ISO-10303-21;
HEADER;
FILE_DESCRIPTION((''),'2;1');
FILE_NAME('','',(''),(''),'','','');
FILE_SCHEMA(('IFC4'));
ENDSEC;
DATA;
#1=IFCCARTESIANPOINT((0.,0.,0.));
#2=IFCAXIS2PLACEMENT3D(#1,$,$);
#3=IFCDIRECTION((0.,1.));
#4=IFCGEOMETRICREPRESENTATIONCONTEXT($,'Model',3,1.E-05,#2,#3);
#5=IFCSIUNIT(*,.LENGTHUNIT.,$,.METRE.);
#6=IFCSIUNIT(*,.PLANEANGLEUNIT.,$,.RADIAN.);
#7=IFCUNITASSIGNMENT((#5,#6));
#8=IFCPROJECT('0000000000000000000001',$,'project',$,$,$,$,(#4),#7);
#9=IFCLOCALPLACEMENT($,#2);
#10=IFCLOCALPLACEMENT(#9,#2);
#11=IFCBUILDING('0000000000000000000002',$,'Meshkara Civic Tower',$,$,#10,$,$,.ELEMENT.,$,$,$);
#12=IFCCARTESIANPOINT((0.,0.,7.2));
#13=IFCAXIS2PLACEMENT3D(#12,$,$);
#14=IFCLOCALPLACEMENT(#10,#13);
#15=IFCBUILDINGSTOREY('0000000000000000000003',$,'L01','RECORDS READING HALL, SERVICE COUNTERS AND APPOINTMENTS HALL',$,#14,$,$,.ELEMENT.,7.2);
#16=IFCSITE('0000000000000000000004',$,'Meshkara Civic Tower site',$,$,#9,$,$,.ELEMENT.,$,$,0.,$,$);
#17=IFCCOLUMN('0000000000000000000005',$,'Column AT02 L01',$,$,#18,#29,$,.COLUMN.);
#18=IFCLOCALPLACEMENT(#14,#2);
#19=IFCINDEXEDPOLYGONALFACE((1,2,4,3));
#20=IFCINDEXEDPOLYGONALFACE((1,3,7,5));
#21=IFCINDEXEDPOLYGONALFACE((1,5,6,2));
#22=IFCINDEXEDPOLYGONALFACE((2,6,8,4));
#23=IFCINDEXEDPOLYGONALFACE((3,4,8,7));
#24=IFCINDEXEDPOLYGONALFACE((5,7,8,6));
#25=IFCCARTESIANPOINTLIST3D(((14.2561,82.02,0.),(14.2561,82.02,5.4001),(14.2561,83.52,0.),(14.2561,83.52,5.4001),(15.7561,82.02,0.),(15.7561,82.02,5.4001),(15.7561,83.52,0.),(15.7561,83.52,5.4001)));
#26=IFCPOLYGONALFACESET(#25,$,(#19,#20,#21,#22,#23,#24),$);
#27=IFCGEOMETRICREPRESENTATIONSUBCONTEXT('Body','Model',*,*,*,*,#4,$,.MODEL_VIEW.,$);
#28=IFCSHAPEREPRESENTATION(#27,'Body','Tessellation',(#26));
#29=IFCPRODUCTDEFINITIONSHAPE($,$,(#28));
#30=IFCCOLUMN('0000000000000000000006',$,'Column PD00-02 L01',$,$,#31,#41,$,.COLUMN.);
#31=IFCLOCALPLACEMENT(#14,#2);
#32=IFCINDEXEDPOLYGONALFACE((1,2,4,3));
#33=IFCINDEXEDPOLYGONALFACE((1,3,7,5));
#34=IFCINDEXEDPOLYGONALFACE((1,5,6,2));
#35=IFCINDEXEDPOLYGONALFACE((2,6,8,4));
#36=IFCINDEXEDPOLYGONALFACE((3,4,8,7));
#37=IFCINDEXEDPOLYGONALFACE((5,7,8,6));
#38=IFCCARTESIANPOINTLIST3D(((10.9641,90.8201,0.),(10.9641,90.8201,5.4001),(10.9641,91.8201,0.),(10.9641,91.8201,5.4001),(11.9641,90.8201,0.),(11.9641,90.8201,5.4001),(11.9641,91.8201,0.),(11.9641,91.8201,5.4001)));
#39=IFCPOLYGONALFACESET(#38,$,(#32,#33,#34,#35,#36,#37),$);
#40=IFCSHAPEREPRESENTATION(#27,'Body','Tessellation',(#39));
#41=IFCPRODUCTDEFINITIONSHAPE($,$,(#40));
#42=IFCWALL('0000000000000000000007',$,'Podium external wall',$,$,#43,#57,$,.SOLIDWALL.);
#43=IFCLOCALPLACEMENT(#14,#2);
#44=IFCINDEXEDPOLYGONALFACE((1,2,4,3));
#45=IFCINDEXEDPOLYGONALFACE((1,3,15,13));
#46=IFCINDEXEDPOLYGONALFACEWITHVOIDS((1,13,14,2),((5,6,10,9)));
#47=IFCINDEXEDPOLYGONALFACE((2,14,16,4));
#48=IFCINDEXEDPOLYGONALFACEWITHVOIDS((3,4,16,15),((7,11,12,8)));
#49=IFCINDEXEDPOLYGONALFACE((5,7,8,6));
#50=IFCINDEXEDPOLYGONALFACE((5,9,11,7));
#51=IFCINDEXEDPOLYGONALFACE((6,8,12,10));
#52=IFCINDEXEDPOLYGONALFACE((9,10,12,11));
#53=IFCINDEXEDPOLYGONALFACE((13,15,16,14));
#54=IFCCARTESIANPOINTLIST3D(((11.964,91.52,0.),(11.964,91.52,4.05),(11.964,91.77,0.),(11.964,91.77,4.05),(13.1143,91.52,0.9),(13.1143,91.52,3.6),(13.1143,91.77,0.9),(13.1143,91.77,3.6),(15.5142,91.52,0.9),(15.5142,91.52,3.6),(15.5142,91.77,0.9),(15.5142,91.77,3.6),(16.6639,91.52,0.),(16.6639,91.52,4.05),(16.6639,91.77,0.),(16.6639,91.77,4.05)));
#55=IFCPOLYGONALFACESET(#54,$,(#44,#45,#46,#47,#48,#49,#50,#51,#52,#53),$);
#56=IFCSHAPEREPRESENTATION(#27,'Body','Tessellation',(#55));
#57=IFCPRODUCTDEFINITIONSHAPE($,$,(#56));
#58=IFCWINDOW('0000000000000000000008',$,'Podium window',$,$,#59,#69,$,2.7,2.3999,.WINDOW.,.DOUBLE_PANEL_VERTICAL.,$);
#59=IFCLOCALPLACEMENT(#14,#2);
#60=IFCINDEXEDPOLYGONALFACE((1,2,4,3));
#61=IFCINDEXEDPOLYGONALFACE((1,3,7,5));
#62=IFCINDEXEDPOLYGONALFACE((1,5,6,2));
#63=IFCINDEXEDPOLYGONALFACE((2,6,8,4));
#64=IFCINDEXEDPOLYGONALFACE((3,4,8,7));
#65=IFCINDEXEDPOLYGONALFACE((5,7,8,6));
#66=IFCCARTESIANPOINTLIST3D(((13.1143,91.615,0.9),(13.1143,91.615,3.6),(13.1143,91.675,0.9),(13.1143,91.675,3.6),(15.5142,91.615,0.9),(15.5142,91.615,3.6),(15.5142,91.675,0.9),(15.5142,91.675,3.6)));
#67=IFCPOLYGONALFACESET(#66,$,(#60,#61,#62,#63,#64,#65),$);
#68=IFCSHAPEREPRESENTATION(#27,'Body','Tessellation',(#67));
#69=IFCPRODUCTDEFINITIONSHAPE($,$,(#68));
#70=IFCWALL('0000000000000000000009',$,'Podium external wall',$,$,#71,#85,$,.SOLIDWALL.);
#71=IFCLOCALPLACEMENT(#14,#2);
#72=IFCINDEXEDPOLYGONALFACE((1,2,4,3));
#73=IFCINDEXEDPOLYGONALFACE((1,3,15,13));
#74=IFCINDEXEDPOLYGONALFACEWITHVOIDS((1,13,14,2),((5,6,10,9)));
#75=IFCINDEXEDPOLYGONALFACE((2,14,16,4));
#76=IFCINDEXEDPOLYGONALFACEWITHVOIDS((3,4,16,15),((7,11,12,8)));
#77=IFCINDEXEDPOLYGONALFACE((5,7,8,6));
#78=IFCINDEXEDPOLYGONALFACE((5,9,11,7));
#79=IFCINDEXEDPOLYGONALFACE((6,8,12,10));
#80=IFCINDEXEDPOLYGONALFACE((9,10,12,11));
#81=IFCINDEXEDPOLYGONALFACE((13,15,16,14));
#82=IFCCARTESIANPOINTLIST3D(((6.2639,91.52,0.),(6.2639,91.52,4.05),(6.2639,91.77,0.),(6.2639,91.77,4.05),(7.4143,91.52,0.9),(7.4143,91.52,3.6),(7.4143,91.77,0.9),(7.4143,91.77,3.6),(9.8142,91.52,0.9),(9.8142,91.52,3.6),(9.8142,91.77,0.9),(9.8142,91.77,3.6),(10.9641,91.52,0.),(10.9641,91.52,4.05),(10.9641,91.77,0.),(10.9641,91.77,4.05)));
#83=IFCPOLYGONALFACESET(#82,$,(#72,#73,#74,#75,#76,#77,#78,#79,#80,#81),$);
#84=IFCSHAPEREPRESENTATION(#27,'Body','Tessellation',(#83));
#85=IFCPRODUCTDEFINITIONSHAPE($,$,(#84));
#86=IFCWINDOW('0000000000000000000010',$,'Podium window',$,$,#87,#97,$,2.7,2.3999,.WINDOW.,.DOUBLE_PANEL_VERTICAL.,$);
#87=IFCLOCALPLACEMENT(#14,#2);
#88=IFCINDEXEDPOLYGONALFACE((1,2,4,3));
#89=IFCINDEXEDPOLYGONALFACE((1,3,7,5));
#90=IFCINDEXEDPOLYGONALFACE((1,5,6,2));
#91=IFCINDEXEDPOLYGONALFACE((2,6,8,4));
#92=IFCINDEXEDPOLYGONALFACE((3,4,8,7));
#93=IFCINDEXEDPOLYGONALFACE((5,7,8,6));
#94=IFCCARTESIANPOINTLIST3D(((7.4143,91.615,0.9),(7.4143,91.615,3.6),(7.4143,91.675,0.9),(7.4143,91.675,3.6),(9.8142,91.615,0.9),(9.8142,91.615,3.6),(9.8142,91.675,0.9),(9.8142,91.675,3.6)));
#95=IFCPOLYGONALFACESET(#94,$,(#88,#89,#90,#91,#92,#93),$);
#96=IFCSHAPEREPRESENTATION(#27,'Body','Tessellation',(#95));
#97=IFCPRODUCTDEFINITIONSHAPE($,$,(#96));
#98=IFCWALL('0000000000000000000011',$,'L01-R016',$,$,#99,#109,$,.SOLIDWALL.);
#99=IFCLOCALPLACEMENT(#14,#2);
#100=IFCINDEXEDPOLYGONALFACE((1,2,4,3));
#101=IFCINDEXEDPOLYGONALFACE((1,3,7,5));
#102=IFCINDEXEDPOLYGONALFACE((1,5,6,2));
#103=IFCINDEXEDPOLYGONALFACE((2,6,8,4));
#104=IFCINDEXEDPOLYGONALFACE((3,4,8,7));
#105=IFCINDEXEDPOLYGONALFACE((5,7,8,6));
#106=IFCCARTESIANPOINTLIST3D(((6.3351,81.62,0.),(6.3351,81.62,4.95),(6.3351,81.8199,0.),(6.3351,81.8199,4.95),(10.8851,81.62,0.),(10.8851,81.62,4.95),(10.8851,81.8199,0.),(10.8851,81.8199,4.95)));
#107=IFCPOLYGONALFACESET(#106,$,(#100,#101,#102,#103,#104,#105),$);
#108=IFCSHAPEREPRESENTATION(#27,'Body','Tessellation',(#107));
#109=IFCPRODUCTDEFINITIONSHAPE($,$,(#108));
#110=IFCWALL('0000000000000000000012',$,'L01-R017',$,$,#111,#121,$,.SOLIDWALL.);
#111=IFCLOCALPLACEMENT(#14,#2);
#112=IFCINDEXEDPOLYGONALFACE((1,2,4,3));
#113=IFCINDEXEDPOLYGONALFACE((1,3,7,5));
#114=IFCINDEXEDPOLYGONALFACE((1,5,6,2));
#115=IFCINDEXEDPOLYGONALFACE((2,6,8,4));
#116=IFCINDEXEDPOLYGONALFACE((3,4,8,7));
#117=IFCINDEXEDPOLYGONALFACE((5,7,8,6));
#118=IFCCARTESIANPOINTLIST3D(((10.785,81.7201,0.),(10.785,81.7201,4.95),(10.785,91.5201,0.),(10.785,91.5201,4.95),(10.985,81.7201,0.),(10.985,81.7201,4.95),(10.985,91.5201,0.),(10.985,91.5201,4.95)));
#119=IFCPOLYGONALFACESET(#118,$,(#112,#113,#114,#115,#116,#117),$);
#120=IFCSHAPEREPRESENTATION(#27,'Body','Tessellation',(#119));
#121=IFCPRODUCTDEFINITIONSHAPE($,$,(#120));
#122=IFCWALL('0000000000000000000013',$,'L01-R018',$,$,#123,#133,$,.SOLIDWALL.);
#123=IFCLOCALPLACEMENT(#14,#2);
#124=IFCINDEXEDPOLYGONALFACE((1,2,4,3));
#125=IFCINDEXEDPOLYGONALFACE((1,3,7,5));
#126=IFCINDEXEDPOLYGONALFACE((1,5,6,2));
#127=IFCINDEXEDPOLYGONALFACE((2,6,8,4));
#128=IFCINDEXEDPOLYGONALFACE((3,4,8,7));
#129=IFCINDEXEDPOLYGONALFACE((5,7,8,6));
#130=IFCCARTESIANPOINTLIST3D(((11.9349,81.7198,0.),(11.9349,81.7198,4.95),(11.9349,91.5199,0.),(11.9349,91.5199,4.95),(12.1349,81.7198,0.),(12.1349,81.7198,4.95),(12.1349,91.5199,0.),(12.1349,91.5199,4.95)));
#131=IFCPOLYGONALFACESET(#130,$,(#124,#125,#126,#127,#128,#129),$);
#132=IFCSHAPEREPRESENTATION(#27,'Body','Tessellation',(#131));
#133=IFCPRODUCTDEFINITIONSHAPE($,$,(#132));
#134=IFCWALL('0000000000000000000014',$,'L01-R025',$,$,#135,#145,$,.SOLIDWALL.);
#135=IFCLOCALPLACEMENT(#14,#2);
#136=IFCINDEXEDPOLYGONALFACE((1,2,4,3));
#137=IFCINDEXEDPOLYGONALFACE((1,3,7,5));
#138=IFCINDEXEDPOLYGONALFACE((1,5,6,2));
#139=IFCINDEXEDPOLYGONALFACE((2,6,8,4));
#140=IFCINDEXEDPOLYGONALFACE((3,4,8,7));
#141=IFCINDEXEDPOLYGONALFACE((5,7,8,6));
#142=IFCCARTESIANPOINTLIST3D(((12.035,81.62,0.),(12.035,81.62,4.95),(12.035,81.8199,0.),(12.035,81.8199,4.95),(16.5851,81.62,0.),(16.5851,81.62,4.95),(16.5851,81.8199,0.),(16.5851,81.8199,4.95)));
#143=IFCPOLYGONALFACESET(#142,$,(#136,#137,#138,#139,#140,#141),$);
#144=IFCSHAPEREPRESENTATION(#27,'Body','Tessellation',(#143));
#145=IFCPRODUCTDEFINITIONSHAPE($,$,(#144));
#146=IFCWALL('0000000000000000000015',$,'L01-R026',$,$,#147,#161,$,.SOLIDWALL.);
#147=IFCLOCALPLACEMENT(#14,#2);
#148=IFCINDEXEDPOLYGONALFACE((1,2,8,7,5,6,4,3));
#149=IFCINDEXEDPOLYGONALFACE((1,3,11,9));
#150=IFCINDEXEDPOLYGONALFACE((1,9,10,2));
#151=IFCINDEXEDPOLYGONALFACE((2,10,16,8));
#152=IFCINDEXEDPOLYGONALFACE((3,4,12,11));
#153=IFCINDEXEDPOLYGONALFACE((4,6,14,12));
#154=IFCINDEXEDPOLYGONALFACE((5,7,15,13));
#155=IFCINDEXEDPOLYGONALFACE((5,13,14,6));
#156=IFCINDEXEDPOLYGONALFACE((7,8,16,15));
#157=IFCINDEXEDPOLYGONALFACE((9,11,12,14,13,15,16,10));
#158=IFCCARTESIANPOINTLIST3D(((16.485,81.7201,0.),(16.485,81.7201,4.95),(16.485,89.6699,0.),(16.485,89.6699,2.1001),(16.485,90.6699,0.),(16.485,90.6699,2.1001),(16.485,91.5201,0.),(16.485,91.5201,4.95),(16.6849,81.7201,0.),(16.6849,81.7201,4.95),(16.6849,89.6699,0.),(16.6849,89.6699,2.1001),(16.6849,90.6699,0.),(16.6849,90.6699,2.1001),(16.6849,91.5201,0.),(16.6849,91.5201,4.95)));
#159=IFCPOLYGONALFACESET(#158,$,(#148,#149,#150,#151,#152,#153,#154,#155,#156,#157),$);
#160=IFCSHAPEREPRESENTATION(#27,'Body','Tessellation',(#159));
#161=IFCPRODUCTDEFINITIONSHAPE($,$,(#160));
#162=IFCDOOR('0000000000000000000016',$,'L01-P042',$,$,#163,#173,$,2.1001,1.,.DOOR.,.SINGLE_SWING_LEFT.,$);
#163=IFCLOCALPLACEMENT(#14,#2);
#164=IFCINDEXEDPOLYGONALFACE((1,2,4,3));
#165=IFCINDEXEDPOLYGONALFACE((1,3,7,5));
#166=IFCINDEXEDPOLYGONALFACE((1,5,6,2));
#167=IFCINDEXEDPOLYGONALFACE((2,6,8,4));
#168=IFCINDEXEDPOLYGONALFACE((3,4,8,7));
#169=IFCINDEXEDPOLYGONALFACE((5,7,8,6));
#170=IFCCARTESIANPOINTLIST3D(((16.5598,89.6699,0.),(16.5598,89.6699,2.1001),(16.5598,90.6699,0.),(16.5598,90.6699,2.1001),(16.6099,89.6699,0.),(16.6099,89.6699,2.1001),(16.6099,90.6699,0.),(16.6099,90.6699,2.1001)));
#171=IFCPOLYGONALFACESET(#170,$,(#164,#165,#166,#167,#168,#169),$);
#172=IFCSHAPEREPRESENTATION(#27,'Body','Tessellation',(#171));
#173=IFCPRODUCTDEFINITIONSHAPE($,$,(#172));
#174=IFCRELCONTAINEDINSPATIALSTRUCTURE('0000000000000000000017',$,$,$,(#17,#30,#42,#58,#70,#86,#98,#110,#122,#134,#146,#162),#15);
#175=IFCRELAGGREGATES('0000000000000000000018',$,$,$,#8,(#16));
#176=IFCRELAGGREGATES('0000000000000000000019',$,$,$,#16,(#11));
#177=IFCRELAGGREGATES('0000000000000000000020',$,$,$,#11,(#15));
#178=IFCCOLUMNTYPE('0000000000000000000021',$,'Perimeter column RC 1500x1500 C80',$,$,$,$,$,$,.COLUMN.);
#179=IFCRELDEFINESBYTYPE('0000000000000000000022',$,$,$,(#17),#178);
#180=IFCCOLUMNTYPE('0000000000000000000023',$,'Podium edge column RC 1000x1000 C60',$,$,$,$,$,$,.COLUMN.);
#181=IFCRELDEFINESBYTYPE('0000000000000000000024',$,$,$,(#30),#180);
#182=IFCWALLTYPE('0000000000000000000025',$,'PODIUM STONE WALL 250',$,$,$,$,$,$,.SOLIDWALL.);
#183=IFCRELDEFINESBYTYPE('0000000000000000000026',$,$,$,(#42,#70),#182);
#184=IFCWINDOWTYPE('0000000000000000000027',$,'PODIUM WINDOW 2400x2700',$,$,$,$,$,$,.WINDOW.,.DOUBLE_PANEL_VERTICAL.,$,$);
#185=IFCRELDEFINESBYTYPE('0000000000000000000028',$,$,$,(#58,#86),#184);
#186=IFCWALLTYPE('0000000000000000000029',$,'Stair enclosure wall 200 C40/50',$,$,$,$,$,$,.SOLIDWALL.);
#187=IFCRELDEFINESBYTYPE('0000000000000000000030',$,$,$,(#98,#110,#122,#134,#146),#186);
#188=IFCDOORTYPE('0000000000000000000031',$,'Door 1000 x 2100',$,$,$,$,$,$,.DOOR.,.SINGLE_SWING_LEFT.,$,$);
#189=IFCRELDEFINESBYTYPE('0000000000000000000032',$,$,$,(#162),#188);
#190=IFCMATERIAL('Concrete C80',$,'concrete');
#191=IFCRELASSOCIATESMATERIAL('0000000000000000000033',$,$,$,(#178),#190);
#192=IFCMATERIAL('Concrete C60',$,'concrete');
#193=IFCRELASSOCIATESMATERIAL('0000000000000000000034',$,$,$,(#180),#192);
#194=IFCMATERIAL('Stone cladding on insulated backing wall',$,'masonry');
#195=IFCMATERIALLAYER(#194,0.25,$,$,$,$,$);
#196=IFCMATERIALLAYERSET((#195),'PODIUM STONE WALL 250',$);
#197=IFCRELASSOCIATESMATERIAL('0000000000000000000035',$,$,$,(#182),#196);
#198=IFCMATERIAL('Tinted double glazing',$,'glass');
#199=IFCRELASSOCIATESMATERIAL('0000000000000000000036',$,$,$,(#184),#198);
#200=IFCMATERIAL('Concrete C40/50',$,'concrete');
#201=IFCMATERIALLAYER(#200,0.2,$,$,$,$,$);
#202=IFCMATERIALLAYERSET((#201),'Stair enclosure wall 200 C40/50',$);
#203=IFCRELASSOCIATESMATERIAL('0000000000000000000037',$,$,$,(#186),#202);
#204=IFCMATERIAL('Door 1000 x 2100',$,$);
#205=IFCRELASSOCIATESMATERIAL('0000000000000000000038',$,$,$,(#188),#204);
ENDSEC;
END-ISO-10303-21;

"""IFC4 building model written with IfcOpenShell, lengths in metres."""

from ifc_helpers import new_model, si_unit, direction, frame, frame_2d, origin, origin_2d, place, context, subcontext, project, spatial, rectangle, extrude, material, layer, layer_set, material_profile, profile_set, type_object, element, fill, save


model = new_model("IFC4")

# Units and contexts
model_context = context("Model", 3, precision=1e-05, world=origin(), true_north=direction((0.0, 1.0)))
body_context = subcontext(model_context, "Body", "Model", "MODEL_VIEW")
ifc_project = project(units=[si_unit("LENGTHUNIT", "METRE"), si_unit("PLANEANGLEUNIT", "RADIAN")], contexts=[model_context])

# Site, building, storey
site_placement = place(None, origin())
site = spatial("IfcSite", under=ifc_project, at=site_placement, Name="Meshkara Civic Tower site", CompositionType="ELEMENT", RefElevation=0.0)
building_placement = place(site_placement, origin())
building = spatial("IfcBuilding", under=site, at=building_placement, Name="Meshkara Civic Tower", CompositionType="ELEMENT")
storey_placement = place(building_placement, frame((0.0, 0.0, 7.2)))
storey = spatial("IfcBuildingStorey", under=building, at=storey_placement, Name="L01", Description="RECORDS READING HALL, SERVICE COUNTERS AND APPOINTMENTS HALL", CompositionType="ELEMENT", Elevation=7.2)

# Columns
ifc_material_1 = material(Name="Concrete C80", Category="concrete")
ifc_material_profile_1 = material_profile(ifc_material_1, rectangle(XDim=1.5, YDim=1.5, at=origin_2d()))
ifc_profile_set_1 = profile_set([ifc_material_profile_1], Name="Concrete C80")
column_type_1 = type_object("IfcColumnType", Name="Perimeter column RC 1500x1500 C80", PredefinedType="COLUMN", material=ifc_profile_set_1)
column_1_placement = place(storey_placement, frame((15.0061, 82.77, 0.0), z_axis=(0.0, 0.0, 1.0), x_axis=(1.0, 0.0, 0.0)))
element("IfcColumn", 1, at=column_1_placement, inside=storey, type_object=column_type_1, Name="Column AT02 L01", PredefinedType="COLUMN", context=body_context, shape_type="SweptSolid", body=[
    extrude(rectangle(XDim=1.5, YDim=1.5, at=origin_2d()), origin(), (0.0, 0.0, 1.0), 5.4001),
])
ifc_material_2 = material(Name="Concrete C60", Category="concrete")
ifc_material_profile_2 = material_profile(ifc_material_2, rectangle(XDim=1.0, YDim=1.0, at=origin_2d()))
ifc_profile_set_2 = profile_set([ifc_material_profile_2], Name="Concrete C60")
column_type_2 = type_object("IfcColumnType", Name="Podium edge column RC 1000x1000 C60", PredefinedType="COLUMN", material=ifc_profile_set_2)
column_2_placement = place(storey_placement, frame((11.4641, 91.3201, 0.0), z_axis=(0.0, 0.0, 1.0), x_axis=(1.0, 0.0, 0.0)))
element("IfcColumn", 2, at=column_2_placement, inside=storey, type_object=column_type_2, Name="Column PD00-02 L01", PredefinedType="COLUMN", context=body_context, shape_type="SweptSolid", body=[
    extrude(rectangle(XDim=1.0, YDim=1.0, at=origin_2d()), origin(), (0.0, 0.0, 1.0), 5.4001),
])

# Walls, openings, windows
ifc_material_3 = material(Name="Stone cladding on insulated backing wall", Category="masonry")
ifc_layer_1 = layer(ifc_material_3, 0.25)
ifc_layer_set_1 = layer_set([ifc_layer_1], Name="PODIUM STONE WALL 250")
wall_type_1 = type_object("IfcWallType", Name="PODIUM STONE WALL 250", PredefinedType="SOLIDWALL", material=ifc_layer_set_1)
wall_1_placement = place(storey_placement, frame((16.6641, 91.645, 0.0), z_axis=(0.0, 0.0, 1.0), x_axis=(-1.0, 0.0, 0.0)))
wall_1 = element("IfcWall", 3, at=wall_1_placement, inside=storey, type_object=wall_type_1, Name="Podium external wall", PredefinedType="SOLIDWALL", context=body_context, shape_type="SweptSolid", body=[
    extrude(rectangle(XDim=4.7, YDim=0.25, at=frame_2d((2.3501, 0.0))), origin(), (0.0, 0.0, 1.0), 4.05),
])
opening_1_placement = place(wall_1_placement, frame((1.1499, 0.0, 0.8999)))
opening_1 = element("IfcOpeningElement", 4, at=opening_1_placement, cuts=wall_1, PredefinedType="OPENING", context=body_context, shape_type="SweptSolid", body=[
    extrude(rectangle(XDim=2.3999, YDim=2.7, at=frame_2d((1.2, 1.3501))), frame((0.0, 0.135, 0.0), z_axis=(0.0, -1.0, 0.0), x_axis=(1.0, 0.0, 0.0)), (0.0, 0.0, 1.0), 0.27),
])
ifc_material_4 = material(Name="Tinted double glazing", Category="glass")
window_type = type_object("IfcWindowType", Name="PODIUM WINDOW 2400x2700", PartitioningType="DOUBLE_PANEL_VERTICAL", PredefinedType="WINDOW", material=ifc_material_4)
window_1_placement = place(opening_1_placement, origin())
window_1 = element("IfcWindow", 5, at=window_1_placement, inside=storey, type_object=window_type, Name="Podium window", OverallHeight=2.7, OverallWidth=2.3999, PartitioningType="DOUBLE_PANEL_VERTICAL", PredefinedType="WINDOW", context=body_context, shape_type="SweptSolid", body=[
    extrude(rectangle(XDim=2.3999, YDim=2.7, at=frame_2d((1.2, 1.3501))), frame((0.0, 0.03, 0.0), z_axis=(0.0, -1.0, 0.0), x_axis=(1.0, 0.0, 0.0)), (0.0, 0.0, 1.0), 0.0601),
])
fill(opening_1, window_1)
wall_2_placement = place(storey_placement, frame((10.9641, 91.645, 0.0), z_axis=(0.0, 0.0, 1.0), x_axis=(-1.0, 0.0, 0.0)))
wall_2 = element("IfcWall", 6, at=wall_2_placement, inside=storey, type_object=wall_type_1, Name="Podium external wall", PredefinedType="SOLIDWALL", context=body_context, shape_type="SweptSolid", body=[
    extrude(rectangle(XDim=4.7002, YDim=0.25, at=frame_2d((2.3501, 0.0))), origin(), (0.0, 0.0, 1.0), 4.05),
])
opening_2_placement = place(wall_2_placement, frame((1.1499, 0.0, 0.8999)))
opening_2 = element("IfcOpeningElement", 7, at=opening_2_placement, cuts=wall_2, PredefinedType="OPENING", context=body_context, shape_type="SweptSolid", body=[
    extrude(rectangle(XDim=2.3999, YDim=2.7, at=frame_2d((1.2, 1.3501))), frame((0.0, 0.135, 0.0), z_axis=(0.0, -1.0, 0.0), x_axis=(1.0, 0.0, 0.0)), (0.0, 0.0, 1.0), 0.27),
])
window_2_placement = place(opening_2_placement, origin())
window_2 = element("IfcWindow", 8, at=window_2_placement, inside=storey, type_object=window_type, Name="Podium window", OverallHeight=2.7, OverallWidth=2.3999, PartitioningType="DOUBLE_PANEL_VERTICAL", PredefinedType="WINDOW", context=body_context, shape_type="SweptSolid", body=[
    extrude(rectangle(XDim=2.3999, YDim=2.7, at=frame_2d((1.2, 1.3501))), frame((0.0, 0.03, 0.0), z_axis=(0.0, -1.0, 0.0), x_axis=(1.0, 0.0, 0.0)), (0.0, 0.0, 1.0), 0.0601),
])
fill(opening_2, window_2)

# Walls
ifc_material_5 = material(Name="Concrete C40/50", Category="concrete")
ifc_layer_2 = layer(ifc_material_5, 0.2)
ifc_layer_set_2 = layer_set([ifc_layer_2], Name="Stair enclosure wall 200 C40/50")
wall_type_2 = type_object("IfcWallType", Name="Stair enclosure wall 200 C40/50", PredefinedType="SOLIDWALL", material=ifc_layer_set_2)
wall_3_placement = place(storey_placement, frame((10.885, 81.72, 0.0), z_axis=(0.0, 0.0, 1.0), x_axis=(-1.0, 0.0, 0.0)))
element("IfcWall", 9, at=wall_3_placement, inside=storey, type_object=wall_type_2, Name="L01-R016", PredefinedType="SOLIDWALL", context=body_context, shape_type="SweptSolid", body=[
    extrude(rectangle(XDim=4.55, YDim=0.2, at=frame_2d((2.2749, 0.0))), origin(), (0.0, 0.0, 1.0), 4.95),
])
for number, where, z_axis, x_axis, name in (
    (10, (10.885, 91.52, 0.0), (0.0, 0.0, 1.0), (0.0, -1.0, 0.0), "L01-R017"),
    (11, (12.0349, 81.72, 0.0), (0.0, 0.0, 1.0), (0.0, 1.0, 0.0), "L01-R018"),
):
    element("IfcWall", number, at=place(storey_placement, frame(where, z_axis=z_axis, x_axis=x_axis)), inside=storey, type_object=wall_type_2, Name=name, PredefinedType="SOLIDWALL", context=body_context, shape_type="SweptSolid", body=[
        extrude(rectangle(XDim=9.8, YDim=0.2, at=frame_2d((4.8999, 0.0))), origin(), (0.0, 0.0, 1.0), 4.95),
    ])
wall_4_placement = place(storey_placement, frame((16.585, 81.72, 0.0), z_axis=(0.0, 0.0, 1.0), x_axis=(-1.0, 0.0, 0.0)))
element("IfcWall", 12, at=wall_4_placement, inside=storey, type_object=wall_type_2, Name="L01-R025", PredefinedType="SOLIDWALL", context=body_context, shape_type="SweptSolid", body=[
    extrude(rectangle(XDim=4.55, YDim=0.2, at=frame_2d((2.2749, 0.0))), origin(), (0.0, 0.0, 1.0), 4.95),
])

# Wall, opening, door
wall_5_placement = place(storey_placement, frame((16.585, 91.52, 0.0), z_axis=(0.0, 0.0, 1.0), x_axis=(0.0, -1.0, 0.0)))
wall_5 = element("IfcWall", 13, at=wall_5_placement, inside=storey, type_object=wall_type_2, Name="L01-R026", PredefinedType="SOLIDWALL", context=body_context, shape_type="SweptSolid", body=[
    extrude(rectangle(XDim=9.8, YDim=0.2, at=frame_2d((4.8999, 0.0))), origin(), (0.0, 0.0, 1.0), 4.95),
])
opening_3_placement = place(wall_5_placement, frame((0.8501, 0.0, 0.0)))
opening_3 = element("IfcOpeningElement", 14, at=opening_3_placement, cuts=wall_5, PredefinedType="OPENING", context=body_context, shape_type="SweptSolid", body=[
    extrude(rectangle(XDim=1.0, YDim=2.1001, at=frame_2d((0.5, 1.05))), frame((0.0, 0.1099, 0.0), z_axis=(0.0, -1.0, 0.0), x_axis=(1.0, 0.0, 0.0)), (0.0, 0.0, 1.0), 0.22),
])
ifc_material_6 = material(Name="Door 1000 x 2100")
door_type = type_object("IfcDoorType", Name="Door 1000 x 2100", OperationType="SINGLE_SWING_LEFT", PredefinedType="DOOR", material=ifc_material_6)
door_placement = place(opening_3_placement, origin())
door = element("IfcDoor", 15, at=door_placement, inside=storey, type_object=door_type, Name="L01-P042", OperationType="SINGLE_SWING_LEFT", OverallHeight=2.1001, OverallWidth=1.0, PredefinedType="DOOR", context=body_context, shape_type="SweptSolid", body=[
    extrude(rectangle(XDim=1.0, YDim=2.1001, at=frame_2d((0.5, 1.05))), frame((0.0, 0.0249, 0.0), z_axis=(0.0, -1.0, 0.0), x_axis=(1.0, 0.0, 0.0)), (0.0, 0.0, 1.0), 0.05),
])
fill(opening_3, door)

save(model, "model.ifc")
